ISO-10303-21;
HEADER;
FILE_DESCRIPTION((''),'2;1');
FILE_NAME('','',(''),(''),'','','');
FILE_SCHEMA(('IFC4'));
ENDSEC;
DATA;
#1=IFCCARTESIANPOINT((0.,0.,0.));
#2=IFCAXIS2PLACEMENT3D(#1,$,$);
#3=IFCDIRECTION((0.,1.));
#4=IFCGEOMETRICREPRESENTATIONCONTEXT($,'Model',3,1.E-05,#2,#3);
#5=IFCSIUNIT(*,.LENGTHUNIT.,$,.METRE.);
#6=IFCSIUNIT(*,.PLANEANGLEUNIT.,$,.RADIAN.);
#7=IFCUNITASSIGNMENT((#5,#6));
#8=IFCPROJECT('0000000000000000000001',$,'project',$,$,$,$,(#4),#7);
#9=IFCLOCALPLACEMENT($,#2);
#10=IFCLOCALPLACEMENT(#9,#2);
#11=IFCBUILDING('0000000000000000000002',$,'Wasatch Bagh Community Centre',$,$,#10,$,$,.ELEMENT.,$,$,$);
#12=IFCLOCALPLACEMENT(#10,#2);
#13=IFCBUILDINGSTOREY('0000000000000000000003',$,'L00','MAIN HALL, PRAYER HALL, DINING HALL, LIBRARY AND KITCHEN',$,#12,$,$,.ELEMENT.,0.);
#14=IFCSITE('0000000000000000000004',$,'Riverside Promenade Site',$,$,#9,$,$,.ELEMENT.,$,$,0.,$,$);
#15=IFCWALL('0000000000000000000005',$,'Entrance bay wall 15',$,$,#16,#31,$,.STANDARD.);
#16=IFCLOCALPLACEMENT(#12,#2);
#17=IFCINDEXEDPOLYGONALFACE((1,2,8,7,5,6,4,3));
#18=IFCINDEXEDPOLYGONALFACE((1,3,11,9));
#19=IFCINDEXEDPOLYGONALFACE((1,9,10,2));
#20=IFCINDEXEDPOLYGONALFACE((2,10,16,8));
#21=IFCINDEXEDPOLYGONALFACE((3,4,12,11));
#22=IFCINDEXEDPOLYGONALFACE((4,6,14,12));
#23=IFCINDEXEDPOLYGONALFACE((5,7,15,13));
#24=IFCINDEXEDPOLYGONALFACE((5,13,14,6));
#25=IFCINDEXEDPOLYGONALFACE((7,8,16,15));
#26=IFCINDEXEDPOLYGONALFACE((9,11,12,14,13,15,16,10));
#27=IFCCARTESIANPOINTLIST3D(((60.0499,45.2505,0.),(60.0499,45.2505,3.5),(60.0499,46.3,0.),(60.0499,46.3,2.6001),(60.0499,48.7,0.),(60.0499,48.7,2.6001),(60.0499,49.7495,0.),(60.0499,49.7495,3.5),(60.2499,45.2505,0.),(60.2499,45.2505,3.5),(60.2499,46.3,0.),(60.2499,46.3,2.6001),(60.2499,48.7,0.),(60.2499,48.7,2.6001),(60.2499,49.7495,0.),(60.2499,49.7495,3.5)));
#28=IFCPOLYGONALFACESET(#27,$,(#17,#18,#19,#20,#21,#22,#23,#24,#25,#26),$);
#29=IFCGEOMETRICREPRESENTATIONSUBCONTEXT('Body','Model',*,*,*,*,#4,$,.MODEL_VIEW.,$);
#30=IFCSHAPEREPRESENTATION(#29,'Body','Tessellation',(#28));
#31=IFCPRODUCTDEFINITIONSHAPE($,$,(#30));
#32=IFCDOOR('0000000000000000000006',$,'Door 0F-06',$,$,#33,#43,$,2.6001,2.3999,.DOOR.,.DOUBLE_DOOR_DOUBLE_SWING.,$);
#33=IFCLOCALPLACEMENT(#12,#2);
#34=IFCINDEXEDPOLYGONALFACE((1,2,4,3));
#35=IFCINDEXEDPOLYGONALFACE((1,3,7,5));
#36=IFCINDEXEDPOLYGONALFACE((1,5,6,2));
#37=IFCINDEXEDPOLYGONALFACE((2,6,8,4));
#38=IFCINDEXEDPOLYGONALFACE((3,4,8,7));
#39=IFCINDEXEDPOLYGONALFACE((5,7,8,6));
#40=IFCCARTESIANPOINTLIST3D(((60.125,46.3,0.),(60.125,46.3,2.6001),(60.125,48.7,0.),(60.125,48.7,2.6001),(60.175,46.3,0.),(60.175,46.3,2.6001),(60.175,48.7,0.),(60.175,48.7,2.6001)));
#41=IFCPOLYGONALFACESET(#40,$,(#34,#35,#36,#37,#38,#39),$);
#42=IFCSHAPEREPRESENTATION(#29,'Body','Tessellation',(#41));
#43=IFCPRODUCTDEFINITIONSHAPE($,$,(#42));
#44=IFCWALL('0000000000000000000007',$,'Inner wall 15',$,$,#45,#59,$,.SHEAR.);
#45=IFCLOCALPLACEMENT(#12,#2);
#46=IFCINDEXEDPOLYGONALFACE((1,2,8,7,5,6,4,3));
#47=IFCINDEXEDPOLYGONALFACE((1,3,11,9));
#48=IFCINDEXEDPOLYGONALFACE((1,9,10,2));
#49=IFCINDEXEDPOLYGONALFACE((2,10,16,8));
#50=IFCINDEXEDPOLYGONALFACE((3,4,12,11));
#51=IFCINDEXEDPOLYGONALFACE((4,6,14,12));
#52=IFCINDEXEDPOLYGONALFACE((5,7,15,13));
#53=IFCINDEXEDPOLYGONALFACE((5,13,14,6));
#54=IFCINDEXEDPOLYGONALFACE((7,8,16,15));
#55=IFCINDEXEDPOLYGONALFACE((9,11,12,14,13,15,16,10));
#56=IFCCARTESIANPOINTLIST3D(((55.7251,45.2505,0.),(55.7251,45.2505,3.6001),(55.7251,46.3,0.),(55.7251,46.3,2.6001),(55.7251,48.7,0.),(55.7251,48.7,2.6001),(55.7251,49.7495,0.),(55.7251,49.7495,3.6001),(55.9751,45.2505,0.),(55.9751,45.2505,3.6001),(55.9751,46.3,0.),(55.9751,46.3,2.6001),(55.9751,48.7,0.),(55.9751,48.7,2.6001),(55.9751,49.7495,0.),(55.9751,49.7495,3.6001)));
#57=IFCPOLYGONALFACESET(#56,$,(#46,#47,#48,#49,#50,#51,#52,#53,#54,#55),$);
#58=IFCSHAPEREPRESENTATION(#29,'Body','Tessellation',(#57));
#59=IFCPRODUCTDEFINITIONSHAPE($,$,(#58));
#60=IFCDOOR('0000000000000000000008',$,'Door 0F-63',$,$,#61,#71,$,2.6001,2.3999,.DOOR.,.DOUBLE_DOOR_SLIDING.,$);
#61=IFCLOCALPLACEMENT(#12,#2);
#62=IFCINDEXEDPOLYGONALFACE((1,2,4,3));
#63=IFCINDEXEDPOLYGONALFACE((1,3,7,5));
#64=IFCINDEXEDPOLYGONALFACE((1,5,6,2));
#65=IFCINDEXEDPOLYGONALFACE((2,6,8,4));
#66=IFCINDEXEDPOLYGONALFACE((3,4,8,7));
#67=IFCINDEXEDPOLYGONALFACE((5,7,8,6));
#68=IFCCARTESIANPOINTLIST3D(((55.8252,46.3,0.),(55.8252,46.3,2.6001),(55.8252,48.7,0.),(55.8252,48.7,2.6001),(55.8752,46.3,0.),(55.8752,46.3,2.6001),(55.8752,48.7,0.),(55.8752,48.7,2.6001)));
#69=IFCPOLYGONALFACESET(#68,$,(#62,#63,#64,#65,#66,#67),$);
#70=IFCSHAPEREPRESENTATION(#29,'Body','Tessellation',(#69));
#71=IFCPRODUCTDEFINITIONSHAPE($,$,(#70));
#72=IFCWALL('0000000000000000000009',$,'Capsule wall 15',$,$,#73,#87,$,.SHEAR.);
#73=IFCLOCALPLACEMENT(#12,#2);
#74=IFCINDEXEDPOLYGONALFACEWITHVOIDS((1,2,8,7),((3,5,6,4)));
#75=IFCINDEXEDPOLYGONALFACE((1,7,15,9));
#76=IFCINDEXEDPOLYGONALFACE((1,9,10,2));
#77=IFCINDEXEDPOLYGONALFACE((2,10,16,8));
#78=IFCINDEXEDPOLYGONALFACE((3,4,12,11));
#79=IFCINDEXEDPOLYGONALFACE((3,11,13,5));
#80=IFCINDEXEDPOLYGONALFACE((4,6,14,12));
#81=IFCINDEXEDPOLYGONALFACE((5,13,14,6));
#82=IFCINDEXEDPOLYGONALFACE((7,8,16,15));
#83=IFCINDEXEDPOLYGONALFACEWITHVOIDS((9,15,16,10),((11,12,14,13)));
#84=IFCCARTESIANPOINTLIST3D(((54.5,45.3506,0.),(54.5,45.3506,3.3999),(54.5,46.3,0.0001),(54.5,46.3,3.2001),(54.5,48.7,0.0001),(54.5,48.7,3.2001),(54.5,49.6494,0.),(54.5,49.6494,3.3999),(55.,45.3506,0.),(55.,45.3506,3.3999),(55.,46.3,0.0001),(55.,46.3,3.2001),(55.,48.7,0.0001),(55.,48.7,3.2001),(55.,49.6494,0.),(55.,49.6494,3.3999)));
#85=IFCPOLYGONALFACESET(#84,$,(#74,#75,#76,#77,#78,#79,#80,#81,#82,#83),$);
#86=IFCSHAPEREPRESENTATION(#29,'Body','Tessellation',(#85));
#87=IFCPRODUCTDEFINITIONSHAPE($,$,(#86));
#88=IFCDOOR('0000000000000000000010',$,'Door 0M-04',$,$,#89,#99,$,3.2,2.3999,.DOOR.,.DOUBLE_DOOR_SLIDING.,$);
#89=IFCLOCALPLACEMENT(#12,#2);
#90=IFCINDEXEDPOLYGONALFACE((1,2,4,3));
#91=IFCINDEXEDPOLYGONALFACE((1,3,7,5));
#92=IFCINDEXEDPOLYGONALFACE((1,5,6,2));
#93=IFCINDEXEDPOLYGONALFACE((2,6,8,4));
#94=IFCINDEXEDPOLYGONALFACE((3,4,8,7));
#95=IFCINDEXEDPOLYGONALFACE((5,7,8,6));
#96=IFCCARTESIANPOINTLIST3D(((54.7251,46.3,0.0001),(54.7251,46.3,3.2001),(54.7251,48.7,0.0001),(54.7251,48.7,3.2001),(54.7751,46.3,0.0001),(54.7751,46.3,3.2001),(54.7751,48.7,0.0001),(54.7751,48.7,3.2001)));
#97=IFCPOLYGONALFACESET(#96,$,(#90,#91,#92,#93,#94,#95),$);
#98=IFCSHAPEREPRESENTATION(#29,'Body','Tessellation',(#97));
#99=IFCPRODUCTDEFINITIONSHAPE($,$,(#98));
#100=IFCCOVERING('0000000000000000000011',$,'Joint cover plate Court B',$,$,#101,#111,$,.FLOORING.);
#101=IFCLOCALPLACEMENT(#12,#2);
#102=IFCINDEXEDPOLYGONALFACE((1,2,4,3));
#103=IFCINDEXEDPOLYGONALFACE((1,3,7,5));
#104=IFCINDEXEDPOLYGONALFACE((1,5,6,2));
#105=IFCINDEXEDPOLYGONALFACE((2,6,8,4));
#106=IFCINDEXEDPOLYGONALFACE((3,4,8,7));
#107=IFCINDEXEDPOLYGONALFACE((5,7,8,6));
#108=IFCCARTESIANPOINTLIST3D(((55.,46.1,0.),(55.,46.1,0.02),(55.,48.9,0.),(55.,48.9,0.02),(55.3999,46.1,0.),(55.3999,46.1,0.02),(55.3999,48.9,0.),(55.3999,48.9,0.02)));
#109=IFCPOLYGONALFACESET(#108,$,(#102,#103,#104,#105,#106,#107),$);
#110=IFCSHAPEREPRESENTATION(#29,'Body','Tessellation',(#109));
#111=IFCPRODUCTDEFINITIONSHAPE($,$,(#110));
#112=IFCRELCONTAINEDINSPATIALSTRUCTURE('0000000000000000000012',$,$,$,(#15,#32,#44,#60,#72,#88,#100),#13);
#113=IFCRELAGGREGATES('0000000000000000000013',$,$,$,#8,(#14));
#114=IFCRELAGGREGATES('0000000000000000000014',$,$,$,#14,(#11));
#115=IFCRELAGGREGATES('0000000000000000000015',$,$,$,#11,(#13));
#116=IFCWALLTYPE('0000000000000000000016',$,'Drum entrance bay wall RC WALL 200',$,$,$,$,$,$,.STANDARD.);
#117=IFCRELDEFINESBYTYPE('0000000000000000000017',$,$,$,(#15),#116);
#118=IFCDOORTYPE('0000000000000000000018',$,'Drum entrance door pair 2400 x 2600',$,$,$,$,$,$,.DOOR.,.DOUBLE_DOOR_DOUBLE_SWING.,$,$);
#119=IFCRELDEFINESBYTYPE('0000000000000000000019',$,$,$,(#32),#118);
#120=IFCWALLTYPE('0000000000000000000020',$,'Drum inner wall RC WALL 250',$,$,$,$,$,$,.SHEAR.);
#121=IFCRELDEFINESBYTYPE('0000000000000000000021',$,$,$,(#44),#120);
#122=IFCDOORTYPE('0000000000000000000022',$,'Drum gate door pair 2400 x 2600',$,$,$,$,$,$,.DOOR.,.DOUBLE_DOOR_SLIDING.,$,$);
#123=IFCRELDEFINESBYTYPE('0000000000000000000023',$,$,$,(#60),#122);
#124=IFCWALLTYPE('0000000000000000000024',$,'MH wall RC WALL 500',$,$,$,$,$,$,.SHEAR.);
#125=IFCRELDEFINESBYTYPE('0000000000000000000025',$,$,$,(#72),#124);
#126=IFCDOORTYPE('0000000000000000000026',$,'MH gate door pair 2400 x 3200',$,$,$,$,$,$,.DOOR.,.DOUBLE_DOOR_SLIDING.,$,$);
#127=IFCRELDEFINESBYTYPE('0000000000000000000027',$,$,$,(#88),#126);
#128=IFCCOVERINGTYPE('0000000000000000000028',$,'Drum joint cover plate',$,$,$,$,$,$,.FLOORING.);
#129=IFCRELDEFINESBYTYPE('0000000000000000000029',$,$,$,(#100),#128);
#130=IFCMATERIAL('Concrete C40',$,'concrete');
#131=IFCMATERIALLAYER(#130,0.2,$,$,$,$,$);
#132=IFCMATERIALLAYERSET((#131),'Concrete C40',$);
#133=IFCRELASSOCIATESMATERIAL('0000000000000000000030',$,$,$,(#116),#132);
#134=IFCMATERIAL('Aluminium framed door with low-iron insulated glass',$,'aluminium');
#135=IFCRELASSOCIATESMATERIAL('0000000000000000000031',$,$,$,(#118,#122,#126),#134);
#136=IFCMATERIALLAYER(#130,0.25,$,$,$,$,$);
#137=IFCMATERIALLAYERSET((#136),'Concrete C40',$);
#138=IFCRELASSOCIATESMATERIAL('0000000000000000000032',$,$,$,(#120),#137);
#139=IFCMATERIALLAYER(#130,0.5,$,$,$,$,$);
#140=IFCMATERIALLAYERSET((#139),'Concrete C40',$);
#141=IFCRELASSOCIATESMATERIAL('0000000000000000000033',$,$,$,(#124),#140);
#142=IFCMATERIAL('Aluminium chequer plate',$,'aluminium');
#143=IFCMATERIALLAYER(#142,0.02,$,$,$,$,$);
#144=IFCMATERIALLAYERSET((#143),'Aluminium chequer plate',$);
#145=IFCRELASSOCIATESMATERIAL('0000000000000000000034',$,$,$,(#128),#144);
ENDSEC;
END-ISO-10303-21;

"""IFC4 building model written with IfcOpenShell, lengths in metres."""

from ifc_helpers import new_model, si_unit, direction, frame, frame_2d, origin, origin_2d, place, context, subcontext, project, spatial, rectangle, extrude, material, layer, layer_set, type_object, element, fill, save


model = new_model("IFC4")

# Units and contexts
model_context = context("Model", 3, precision=1e-05, world=origin(), true_north=direction((0.0, 1.0)))
body_context = subcontext(model_context, "Body", "Model", "MODEL_VIEW")
ifc_project = project(units=[si_unit("LENGTHUNIT", "METRE"), si_unit("PLANEANGLEUNIT", "RADIAN")], contexts=[model_context])

# Site, building, storey
site_placement = place(None, origin())
site = spatial("IfcSite", under=ifc_project, at=site_placement, Name="Riverside Promenade Site", CompositionType="ELEMENT", RefElevation=0.0)
building_placement = place(site_placement, origin())
building = spatial("IfcBuilding", under=site, at=building_placement, Name="Wasatch Bagh Community Centre", CompositionType="ELEMENT")
storey_placement = place(building_placement, origin())
storey = spatial("IfcBuildingStorey", under=building, at=storey_placement, Name="L00", Description="MAIN HALL, PRAYER HALL, DINING HALL, LIBRARY AND KITCHEN", CompositionType="ELEMENT", Elevation=0.0)

# Shared definitions
ifc_material_1 = material(Name="Concrete C40", Category="concrete")

# Walls, openings, doors
ifc_layer_1 = layer(ifc_material_1, 0.2)
ifc_layer_set_1 = layer_set([ifc_layer_1], Name="Concrete C40")
wall_type_1 = type_object("IfcWallType", Name="Drum entrance bay wall RC WALL 200", PredefinedType="STANDARD", material=ifc_layer_set_1)
wall_1_placement = place(storey_placement, frame((60.1499, 45.2505, 0.0), z_axis=(0.0, 0.0, 1.0), x_axis=(0.0, 1.0, 0.0)))
wall_1 = element("IfcWall", 1, at=wall_1_placement, inside=storey, type_object=wall_type_1, Name="Entrance bay wall 15", PredefinedType="STANDARD", context=body_context, shape_type="SweptSolid", body=[
    extrude(rectangle(XDim=4.499, YDim=0.2, at=frame_2d((2.2495, 0.0))), origin(), (0.0, 0.0, 1.0), 3.5),
])
opening_1_placement = place(wall_1_placement, frame((1.0496, 0.0, 0.0)))
opening_1 = element("IfcOpeningElement", 2, at=opening_1_placement, cuts=wall_1, PredefinedType="OPENING", context=body_context, shape_type="SweptSolid", body=[
    extrude(rectangle(XDim=2.3999, YDim=2.6001, at=frame_2d((1.2, 1.3))), frame((0.0, 0.1099, 0.0), z_axis=(0.0, -1.0, 0.0), x_axis=(1.0, 0.0, 0.0)), (0.0, 0.0, 1.0), 0.22),
])
ifc_material_2 = material(Name="Aluminium framed door with low-iron insulated glass", Category="aluminium")
door_type_1 = type_object("IfcDoorType", Name="Drum entrance door pair 2400 x 2600", OperationType="DOUBLE_DOOR_DOUBLE_SWING", PredefinedType="DOOR", material=ifc_material_2)
door_1_placement = place(opening_1_placement, origin())
door_1 = element("IfcDoor", 3, at=door_1_placement, inside=storey, type_object=door_type_1, Name="Door 0F-06", OperationType="DOUBLE_DOOR_DOUBLE_SWING", OverallHeight=2.6001, OverallWidth=2.3999, PredefinedType="DOOR", context=body_context, shape_type="SweptSolid", body=[
    extrude(rectangle(XDim=2.3999, YDim=2.6001, at=frame_2d((1.2, 1.3))), frame((0.0, 0.0249, 0.0), z_axis=(0.0, -1.0, 0.0), x_axis=(1.0, 0.0, 0.0)), (0.0, 0.0, 1.0), 0.05),
])
fill(opening_1, door_1)
ifc_layer_2 = layer(ifc_material_1, 0.25)
ifc_layer_set_2 = layer_set([ifc_layer_2], Name="Concrete C40")
wall_type_2 = type_object("IfcWallType", Name="Drum inner wall RC WALL 250", PredefinedType="SHEAR", material=ifc_layer_set_2)
wall_2_placement = place(storey_placement, frame((55.8501, 45.2505, 0.0), z_axis=(0.0, 0.0, 1.0), x_axis=(0.0, 1.0, 0.0)))
wall_2 = element("IfcWall", 4, at=wall_2_placement, inside=storey, type_object=wall_type_2, Name="Inner wall 15", PredefinedType="SHEAR", context=body_context, shape_type="SweptSolid", body=[
    extrude(rectangle(XDim=4.499, YDim=0.25, at=frame_2d((2.2495, 0.0))), origin(), (0.0, 0.0, 1.0), 3.6001),
])
opening_2_placement = place(wall_2_placement, frame((1.0496, 0.0, 0.0)))
opening_2 = element("IfcOpeningElement", 5, at=opening_2_placement, cuts=wall_2, PredefinedType="OPENING", context=body_context, shape_type="SweptSolid", body=[
    extrude(rectangle(XDim=2.3999, YDim=2.6001, at=frame_2d((1.2, 1.3))), frame((0.0, 0.135, 0.0), z_axis=(0.0, -1.0, 0.0), x_axis=(1.0, 0.0, 0.0)), (0.0, 0.0, 1.0), 0.27),
])
door_type_2 = type_object("IfcDoorType", Name="Drum gate door pair 2400 x 2600", OperationType="DOUBLE_DOOR_SLIDING", PredefinedType="DOOR", material=ifc_material_2)
door_2_placement = place(opening_2_placement, origin())
door_2 = element("IfcDoor", 6, at=door_2_placement, inside=storey, type_object=door_type_2, Name="Door 0F-63", OperationType="DOUBLE_DOOR_SLIDING", OverallHeight=2.6001, OverallWidth=2.3999, PredefinedType="DOOR", context=body_context, shape_type="SweptSolid", body=[
    extrude(rectangle(XDim=2.3999, YDim=2.6001, at=frame_2d((1.2, 1.3))), frame((0.0, 0.0249, 0.0), z_axis=(0.0, -1.0, 0.0), x_axis=(1.0, 0.0, 0.0)), (0.0, 0.0, 1.0), 0.05),
])
fill(opening_2, door_2)
ifc_layer_3 = layer(ifc_material_1, 0.5)
ifc_layer_set_3 = layer_set([ifc_layer_3], Name="Concrete C40")
wall_type_3 = type_object("IfcWallType", Name="MH wall RC WALL 500", PredefinedType="SHEAR", material=ifc_layer_set_3)
wall_3_placement = place(storey_placement, frame((54.75, 45.3506, 0.0), z_axis=(0.0, 0.0, 1.0), x_axis=(0.0, 1.0, 0.0)))
wall_3 = element("IfcWall", 7, at=wall_3_placement, inside=storey, type_object=wall_type_3, Name="Capsule wall 15", PredefinedType="SHEAR", context=body_context, shape_type="SweptSolid", body=[
    extrude(rectangle(XDim=4.2988, YDim=0.5, at=frame_2d((2.1494, 0.0))), origin(), (0.0, 0.0, 1.0), 3.3999),
])
opening_3_placement = place(wall_3_placement, frame((0.9495, 0.0, 0.0)))
opening_3 = element("IfcOpeningElement", 8, at=opening_3_placement, cuts=wall_3, PredefinedType="OPENING", context=body_context, shape_type="SweptSolid", body=[
    extrude(rectangle(XDim=2.3999, YDim=3.2, at=frame_2d((1.2, 1.6001))), frame((0.0, 0.26, 0.0), z_axis=(0.0, -1.0, 0.0), x_axis=(1.0, 0.0, 0.0)), (0.0, 0.0, 1.0), 0.52),
])
door_type_3 = type_object("IfcDoorType", Name="MH gate door pair 2400 x 3200", OperationType="DOUBLE_DOOR_SLIDING", PredefinedType="DOOR", material=ifc_material_2)
door_3_placement = place(opening_3_placement, origin())
door_3 = element("IfcDoor", 9, at=door_3_placement, inside=storey, type_object=door_type_3, Name="Door 0M-04", OperationType="DOUBLE_DOOR_SLIDING", OverallHeight=3.2, OverallWidth=2.3999, PredefinedType="DOOR", context=body_context, shape_type="SweptSolid", body=[
    extrude(rectangle(XDim=2.3999, YDim=3.2, at=frame_2d((1.2, 1.6001))), frame((0.0, 0.0249, 0.0), z_axis=(0.0, -1.0, 0.0), x_axis=(1.0, 0.0, 0.0)), (0.0, 0.0, 1.0), 0.05),
])
fill(opening_3, door_3)

# Covering
ifc_material_3 = material(Name="Aluminium chequer plate", Category="aluminium")
ifc_layer_4 = layer(ifc_material_3, 0.02)
ifc_layer_set_4 = layer_set([ifc_layer_4], Name="Aluminium chequer plate")
covering_type = type_object("IfcCoveringType", Name="Drum joint cover plate", PredefinedType="FLOORING", material=ifc_layer_set_4)
covering_placement = place(storey_placement, frame((55.2, 47.5, 0.0), z_axis=(0.0, 0.0, 1.0), x_axis=(1.0, 0.0, 0.0)))
element("IfcCovering", 10, at=covering_placement, inside=storey, type_object=covering_type, Name="Joint cover plate Court B", PredefinedType="FLOORING", context=body_context, shape_type="SweptSolid", body=[
    extrude(rectangle(XDim=0.3999, YDim=2.8, at=origin_2d()), origin(), (0.0, 0.0, 1.0), 0.02),
])

save(model, "model.ifc")
